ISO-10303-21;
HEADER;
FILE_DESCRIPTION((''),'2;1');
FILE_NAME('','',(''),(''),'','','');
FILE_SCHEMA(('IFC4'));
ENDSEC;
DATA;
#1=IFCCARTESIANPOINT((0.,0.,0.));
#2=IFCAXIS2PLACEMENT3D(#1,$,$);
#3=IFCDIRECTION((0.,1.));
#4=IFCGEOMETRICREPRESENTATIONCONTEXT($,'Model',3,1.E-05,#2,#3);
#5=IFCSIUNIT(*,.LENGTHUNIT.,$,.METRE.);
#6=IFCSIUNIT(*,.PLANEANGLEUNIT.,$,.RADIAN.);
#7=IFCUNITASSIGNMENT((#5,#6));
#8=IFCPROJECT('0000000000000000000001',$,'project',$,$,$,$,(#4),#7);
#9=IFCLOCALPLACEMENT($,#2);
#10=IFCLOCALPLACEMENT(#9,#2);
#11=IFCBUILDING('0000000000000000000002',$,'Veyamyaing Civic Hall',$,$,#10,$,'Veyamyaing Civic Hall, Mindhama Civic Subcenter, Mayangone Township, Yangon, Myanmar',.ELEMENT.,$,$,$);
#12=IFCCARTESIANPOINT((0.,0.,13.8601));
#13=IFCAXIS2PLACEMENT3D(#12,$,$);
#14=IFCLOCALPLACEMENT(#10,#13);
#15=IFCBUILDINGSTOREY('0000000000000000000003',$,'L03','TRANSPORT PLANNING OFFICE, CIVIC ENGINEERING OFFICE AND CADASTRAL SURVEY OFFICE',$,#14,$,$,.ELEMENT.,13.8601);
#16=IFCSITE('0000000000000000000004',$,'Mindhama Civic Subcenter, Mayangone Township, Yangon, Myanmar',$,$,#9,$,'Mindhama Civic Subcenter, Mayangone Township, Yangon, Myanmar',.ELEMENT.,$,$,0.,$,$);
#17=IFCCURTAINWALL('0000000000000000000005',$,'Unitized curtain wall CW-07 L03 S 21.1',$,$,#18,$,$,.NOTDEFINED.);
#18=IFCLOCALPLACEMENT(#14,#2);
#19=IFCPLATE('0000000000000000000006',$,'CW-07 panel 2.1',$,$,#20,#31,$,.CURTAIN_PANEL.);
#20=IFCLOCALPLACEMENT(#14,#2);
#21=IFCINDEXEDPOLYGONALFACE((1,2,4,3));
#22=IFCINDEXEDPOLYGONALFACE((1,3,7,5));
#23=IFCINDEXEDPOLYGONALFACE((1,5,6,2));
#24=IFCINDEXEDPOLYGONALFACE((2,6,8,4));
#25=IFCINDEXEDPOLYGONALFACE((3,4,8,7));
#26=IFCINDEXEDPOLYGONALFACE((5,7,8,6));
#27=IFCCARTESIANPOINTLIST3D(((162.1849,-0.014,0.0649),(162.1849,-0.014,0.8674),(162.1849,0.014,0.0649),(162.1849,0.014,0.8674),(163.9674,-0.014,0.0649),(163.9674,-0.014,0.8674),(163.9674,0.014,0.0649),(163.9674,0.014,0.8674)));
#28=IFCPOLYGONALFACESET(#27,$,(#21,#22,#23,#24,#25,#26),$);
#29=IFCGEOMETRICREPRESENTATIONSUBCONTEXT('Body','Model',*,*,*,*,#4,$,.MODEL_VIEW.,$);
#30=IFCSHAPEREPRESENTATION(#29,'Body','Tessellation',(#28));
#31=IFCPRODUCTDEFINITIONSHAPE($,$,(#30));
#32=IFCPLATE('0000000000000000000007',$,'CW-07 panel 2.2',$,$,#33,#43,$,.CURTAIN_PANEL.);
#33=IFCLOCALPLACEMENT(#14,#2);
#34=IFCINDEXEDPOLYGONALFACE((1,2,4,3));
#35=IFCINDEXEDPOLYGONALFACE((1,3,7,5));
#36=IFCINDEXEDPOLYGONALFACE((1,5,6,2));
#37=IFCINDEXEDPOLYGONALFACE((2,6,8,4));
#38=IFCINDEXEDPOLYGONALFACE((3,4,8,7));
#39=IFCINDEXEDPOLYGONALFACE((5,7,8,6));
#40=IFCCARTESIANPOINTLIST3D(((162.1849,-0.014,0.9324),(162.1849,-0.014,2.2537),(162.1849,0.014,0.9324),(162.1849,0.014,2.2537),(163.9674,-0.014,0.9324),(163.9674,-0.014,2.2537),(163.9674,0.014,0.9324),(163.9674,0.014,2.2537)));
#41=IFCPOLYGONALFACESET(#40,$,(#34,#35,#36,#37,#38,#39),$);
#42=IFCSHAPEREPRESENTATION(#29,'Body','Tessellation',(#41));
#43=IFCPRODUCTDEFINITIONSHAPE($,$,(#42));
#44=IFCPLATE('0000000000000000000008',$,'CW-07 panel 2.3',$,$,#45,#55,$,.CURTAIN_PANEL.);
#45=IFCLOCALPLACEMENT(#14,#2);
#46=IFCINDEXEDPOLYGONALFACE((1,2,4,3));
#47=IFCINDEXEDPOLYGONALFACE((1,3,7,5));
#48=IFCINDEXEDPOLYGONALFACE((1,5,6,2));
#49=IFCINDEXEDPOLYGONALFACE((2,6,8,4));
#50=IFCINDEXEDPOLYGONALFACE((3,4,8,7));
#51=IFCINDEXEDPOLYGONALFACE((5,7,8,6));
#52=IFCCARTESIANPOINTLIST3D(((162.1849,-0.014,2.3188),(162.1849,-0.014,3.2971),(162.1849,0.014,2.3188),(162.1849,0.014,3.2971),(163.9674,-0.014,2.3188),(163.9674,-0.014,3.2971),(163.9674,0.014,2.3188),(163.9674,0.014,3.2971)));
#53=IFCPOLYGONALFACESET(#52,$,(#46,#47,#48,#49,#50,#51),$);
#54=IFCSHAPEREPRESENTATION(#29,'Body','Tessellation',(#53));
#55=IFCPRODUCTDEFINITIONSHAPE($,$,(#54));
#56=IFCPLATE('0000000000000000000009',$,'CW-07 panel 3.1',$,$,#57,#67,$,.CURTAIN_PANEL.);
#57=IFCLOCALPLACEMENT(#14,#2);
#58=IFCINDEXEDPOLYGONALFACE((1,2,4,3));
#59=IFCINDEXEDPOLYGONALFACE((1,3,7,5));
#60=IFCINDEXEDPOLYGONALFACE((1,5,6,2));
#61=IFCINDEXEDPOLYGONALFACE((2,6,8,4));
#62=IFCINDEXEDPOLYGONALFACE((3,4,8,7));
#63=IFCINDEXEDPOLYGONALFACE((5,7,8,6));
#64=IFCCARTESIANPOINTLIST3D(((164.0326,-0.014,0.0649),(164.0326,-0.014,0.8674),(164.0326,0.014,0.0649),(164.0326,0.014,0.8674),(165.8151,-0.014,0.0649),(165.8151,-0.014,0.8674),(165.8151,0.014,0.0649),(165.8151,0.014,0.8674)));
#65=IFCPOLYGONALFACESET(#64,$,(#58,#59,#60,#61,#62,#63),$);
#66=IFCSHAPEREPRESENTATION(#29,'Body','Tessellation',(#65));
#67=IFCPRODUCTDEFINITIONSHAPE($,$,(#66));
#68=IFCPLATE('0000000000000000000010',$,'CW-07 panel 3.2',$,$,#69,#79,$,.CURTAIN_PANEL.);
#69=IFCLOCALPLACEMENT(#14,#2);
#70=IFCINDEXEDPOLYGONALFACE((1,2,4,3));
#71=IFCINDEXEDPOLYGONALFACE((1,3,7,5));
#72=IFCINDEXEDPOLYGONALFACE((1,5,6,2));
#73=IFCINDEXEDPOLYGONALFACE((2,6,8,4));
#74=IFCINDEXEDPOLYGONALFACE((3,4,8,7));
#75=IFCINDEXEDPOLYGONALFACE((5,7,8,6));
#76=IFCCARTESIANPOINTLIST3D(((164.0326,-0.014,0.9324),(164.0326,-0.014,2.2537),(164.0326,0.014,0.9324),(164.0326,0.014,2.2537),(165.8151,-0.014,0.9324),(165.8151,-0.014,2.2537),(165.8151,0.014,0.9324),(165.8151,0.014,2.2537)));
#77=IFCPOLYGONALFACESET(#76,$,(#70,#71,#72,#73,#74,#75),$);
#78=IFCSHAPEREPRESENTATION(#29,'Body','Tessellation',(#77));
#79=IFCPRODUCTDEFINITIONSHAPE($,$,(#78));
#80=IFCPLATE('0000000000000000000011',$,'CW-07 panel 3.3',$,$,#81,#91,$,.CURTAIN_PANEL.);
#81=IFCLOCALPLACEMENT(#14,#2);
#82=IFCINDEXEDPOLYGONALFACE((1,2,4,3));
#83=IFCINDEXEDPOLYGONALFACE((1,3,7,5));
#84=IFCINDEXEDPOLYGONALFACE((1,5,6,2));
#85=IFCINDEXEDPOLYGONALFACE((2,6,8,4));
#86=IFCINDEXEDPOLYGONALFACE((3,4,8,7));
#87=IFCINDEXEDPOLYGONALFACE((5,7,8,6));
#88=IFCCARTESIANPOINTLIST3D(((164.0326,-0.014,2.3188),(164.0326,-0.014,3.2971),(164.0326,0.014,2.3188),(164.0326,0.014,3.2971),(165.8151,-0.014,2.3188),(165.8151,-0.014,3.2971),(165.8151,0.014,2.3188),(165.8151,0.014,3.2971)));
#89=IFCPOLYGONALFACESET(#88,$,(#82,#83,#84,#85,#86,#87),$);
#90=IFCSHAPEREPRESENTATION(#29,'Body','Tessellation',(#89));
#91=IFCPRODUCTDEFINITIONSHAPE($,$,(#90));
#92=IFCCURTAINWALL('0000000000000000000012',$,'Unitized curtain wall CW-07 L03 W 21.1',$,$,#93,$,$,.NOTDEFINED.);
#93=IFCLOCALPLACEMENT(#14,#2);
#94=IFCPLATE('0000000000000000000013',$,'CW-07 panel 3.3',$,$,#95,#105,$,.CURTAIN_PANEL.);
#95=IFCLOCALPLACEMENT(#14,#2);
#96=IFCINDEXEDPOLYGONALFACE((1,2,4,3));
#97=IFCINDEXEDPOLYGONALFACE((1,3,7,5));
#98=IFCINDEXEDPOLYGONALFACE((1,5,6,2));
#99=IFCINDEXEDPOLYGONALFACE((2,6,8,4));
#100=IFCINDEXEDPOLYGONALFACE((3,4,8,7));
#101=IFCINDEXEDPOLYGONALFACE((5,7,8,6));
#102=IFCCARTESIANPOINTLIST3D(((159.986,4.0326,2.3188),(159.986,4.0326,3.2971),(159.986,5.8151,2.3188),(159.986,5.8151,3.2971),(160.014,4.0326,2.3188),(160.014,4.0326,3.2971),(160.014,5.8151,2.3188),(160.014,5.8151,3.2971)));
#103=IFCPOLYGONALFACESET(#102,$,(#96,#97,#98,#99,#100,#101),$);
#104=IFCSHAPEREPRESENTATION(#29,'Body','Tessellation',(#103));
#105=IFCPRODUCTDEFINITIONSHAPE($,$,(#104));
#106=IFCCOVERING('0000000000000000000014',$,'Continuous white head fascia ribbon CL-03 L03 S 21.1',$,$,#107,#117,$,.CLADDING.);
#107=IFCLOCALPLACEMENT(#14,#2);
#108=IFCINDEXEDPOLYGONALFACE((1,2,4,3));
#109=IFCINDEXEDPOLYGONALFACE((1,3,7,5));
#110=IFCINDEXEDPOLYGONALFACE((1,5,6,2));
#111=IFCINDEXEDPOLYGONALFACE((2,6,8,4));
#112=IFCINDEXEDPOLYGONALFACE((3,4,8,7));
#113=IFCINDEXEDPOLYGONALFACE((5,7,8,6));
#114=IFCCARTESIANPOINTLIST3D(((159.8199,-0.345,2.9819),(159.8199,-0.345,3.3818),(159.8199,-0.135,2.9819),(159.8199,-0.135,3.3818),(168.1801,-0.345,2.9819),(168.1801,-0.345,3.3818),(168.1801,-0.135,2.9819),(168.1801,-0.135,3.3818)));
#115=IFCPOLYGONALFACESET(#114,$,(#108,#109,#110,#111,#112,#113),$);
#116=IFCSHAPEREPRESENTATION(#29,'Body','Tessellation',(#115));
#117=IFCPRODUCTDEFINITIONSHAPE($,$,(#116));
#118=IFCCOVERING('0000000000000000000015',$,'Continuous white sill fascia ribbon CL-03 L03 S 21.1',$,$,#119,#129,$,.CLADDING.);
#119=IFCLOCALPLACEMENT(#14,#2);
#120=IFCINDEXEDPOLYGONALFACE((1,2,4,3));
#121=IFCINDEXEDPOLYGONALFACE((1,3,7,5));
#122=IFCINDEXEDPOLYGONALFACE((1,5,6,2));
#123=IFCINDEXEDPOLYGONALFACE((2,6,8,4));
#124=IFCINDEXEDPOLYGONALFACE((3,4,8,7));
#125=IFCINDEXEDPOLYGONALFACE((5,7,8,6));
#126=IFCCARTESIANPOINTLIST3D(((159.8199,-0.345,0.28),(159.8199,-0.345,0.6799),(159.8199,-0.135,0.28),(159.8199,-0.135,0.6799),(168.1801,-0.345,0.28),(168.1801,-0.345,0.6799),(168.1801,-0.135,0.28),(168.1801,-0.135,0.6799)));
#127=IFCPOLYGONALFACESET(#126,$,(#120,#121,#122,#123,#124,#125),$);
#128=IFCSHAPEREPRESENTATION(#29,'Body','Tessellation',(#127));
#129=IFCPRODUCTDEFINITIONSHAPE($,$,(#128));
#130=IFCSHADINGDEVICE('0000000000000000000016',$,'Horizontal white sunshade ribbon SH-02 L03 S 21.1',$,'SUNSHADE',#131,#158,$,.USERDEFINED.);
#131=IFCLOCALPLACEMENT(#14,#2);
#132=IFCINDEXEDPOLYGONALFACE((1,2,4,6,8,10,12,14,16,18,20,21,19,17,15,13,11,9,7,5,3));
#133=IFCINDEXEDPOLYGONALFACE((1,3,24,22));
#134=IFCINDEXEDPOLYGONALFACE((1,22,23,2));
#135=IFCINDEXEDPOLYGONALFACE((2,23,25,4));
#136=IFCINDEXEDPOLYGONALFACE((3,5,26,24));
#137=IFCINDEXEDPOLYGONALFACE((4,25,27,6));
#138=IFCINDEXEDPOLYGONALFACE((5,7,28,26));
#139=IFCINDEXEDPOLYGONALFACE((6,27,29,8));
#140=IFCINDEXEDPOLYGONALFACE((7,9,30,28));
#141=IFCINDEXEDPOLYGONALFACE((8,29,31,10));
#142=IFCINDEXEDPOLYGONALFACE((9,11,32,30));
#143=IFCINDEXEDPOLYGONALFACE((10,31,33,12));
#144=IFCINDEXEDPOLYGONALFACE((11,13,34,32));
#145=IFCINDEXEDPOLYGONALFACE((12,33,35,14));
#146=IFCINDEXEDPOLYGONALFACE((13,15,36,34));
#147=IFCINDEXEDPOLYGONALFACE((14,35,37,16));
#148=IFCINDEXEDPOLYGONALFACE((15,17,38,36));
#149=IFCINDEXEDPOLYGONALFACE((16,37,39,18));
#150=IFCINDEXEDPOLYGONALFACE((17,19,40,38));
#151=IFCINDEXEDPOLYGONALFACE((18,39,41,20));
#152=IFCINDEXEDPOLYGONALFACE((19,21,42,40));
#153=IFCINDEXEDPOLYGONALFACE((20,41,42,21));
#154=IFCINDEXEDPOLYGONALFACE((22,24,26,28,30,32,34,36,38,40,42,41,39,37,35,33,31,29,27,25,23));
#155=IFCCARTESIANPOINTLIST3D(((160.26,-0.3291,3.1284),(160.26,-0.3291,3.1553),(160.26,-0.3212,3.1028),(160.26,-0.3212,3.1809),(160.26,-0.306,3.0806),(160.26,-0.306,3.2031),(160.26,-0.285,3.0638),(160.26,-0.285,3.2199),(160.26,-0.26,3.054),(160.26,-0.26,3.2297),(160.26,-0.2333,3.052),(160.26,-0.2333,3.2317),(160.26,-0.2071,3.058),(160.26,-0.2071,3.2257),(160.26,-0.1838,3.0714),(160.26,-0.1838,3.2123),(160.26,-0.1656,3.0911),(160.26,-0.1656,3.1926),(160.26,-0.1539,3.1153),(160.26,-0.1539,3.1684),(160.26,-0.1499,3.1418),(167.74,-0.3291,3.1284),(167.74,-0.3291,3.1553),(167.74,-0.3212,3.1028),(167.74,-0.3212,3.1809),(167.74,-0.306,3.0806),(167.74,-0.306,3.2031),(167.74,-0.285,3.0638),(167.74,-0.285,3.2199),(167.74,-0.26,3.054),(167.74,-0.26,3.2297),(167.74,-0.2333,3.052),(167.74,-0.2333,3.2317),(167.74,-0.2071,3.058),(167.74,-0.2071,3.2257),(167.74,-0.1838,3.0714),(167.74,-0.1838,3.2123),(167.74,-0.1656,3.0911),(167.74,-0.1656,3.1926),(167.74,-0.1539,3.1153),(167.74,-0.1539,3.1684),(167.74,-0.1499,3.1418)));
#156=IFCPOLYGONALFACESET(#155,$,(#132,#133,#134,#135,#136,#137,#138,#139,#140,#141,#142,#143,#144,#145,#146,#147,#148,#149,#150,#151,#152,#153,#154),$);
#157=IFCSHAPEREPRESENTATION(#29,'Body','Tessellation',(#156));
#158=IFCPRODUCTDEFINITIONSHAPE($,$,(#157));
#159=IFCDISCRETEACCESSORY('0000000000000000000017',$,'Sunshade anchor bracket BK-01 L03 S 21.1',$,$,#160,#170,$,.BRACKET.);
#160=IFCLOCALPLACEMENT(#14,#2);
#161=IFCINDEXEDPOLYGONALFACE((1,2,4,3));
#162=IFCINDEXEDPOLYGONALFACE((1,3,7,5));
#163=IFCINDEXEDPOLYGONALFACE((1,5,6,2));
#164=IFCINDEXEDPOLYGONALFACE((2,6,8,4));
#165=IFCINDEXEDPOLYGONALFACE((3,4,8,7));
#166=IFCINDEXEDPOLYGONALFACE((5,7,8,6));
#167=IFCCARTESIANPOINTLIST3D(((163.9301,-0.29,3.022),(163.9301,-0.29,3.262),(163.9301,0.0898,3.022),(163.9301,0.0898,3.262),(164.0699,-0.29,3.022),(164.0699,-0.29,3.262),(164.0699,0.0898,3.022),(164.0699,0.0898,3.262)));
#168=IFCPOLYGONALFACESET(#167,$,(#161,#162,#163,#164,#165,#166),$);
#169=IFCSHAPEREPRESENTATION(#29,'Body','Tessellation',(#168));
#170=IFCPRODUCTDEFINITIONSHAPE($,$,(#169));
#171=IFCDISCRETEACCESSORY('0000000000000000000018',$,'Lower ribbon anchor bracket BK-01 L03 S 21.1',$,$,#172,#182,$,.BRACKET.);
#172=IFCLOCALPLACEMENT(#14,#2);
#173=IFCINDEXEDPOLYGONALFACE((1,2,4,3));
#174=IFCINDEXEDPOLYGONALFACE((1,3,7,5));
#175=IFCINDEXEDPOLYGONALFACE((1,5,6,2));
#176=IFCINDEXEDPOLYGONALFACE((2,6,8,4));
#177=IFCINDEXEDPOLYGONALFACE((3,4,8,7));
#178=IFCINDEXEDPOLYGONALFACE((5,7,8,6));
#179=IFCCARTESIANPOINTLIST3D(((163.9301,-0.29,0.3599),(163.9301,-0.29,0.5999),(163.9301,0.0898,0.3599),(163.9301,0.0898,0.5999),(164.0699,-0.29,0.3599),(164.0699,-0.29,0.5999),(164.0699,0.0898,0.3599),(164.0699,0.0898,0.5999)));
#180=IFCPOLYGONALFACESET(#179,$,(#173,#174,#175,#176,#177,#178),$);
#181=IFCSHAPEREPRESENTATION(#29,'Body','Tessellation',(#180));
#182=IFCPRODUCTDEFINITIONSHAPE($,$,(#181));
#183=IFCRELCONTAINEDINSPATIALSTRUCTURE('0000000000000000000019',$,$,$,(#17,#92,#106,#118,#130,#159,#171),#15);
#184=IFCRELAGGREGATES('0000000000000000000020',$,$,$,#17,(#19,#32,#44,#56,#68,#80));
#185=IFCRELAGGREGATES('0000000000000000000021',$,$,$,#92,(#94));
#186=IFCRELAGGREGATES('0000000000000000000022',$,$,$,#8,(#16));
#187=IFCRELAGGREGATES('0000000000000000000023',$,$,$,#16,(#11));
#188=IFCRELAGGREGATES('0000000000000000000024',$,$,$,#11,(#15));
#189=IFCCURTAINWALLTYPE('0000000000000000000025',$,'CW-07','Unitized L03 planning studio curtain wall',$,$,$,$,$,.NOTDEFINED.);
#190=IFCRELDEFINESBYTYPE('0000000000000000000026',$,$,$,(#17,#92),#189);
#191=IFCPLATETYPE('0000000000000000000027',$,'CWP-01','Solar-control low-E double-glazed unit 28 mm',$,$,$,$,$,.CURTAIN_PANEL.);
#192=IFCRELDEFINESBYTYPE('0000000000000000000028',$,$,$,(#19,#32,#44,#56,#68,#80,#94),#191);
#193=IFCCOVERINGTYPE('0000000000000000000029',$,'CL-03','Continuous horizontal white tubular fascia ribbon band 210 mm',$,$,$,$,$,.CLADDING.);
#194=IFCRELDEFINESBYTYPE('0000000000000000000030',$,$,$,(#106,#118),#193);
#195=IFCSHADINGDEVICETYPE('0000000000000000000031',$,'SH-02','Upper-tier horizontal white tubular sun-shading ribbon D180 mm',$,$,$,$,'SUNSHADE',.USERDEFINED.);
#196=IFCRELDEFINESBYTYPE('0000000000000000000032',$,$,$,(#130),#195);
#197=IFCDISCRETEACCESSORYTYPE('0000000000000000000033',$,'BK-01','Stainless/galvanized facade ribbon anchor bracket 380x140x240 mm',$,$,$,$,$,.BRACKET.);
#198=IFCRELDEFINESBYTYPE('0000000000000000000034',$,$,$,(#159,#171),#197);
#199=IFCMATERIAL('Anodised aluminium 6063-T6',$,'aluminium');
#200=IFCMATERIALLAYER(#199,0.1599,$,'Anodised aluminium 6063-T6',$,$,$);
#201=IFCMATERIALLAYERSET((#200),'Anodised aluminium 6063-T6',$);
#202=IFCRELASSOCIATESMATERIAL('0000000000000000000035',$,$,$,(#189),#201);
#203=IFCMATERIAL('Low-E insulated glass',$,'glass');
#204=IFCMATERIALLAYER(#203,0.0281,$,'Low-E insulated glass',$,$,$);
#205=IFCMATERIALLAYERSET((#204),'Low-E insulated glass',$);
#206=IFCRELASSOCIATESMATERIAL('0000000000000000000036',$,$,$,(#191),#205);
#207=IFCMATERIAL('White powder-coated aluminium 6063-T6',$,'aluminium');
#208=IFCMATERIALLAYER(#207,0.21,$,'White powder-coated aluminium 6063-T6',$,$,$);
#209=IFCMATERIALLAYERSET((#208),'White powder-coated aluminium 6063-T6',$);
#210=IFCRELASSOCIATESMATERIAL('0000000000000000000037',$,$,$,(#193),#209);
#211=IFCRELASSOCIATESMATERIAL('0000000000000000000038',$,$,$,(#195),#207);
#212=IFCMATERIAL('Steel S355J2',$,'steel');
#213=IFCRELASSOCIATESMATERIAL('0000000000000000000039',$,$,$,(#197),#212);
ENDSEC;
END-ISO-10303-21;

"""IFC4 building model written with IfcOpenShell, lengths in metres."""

from ifc_helpers import new_model, si_unit, direction, frame, origin, origin_2d, place, context, subcontext, project, spatial, rectangle, circle, extrude, material, layer, layer_set, material_profile, profile_set, type_object, element, aggregate, save


model = new_model("IFC4")

# Units and contexts
model_context = context("Model", 3, precision=1e-05, world=origin(), true_north=direction((0.0, 1.0)))
body_context = subcontext(model_context, "Body", "Model", "MODEL_VIEW")
ifc_project = project(units=[si_unit("LENGTHUNIT", "METRE"), si_unit("PLANEANGLEUNIT", "RADIAN")], contexts=[model_context])

# Site, building, storey
site_placement = place(None, origin())
site = spatial("IfcSite", under=ifc_project, at=site_placement, Name="Mindhama Civic Subcenter, Mayangone Township, Yangon, Myanmar", LongName="Mindhama Civic Subcenter, Mayangone Township, Yangon, Myanmar", CompositionType="ELEMENT", RefElevation=0.0)
building_placement = place(site_placement, origin())
building = spatial("IfcBuilding", under=site, at=building_placement, Name="Veyamyaing Civic Hall", LongName="Veyamyaing Civic Hall, Mindhama Civic Subcenter, Mayangone Township, Yangon, Myanmar", CompositionType="ELEMENT")
storey_placement = place(building_placement, frame((0.0, 0.0, 13.8601)))
storey = spatial("IfcBuildingStorey", under=building, at=storey_placement, Name="L03", Description="TRANSPORT PLANNING OFFICE, CIVIC ENGINEERING OFFICE AND CADASTRAL SURVEY OFFICE", CompositionType="ELEMENT", Elevation=13.8601)

# Curtain wall
ifc_material_1 = material(Name="Anodised aluminium 6063-T6", Category="aluminium")
ifc_layer_1 = layer(ifc_material_1, 0.1599, Name="Anodised aluminium 6063-T6")
ifc_layer_set_1 = layer_set([ifc_layer_1], Name="Anodised aluminium 6063-T6")
curtain_wall_type = type_object("IfcCurtainWallType", Name="CW-07", Description="Unitized L03 planning studio curtain wall", PredefinedType="NOTDEFINED", material=ifc_layer_set_1)
curtain_wall_1_placement = place(storey_placement, origin())
curtain_wall_1 = element("IfcCurtainWall", 1, at=curtain_wall_1_placement, inside=storey, type_object=curtain_wall_type, Name="Unitized curtain wall CW-07 L03 S 21.1", PredefinedType="NOTDEFINED")

# Plates
ifc_material_2 = material(Name="Low-E insulated glass", Category="glass")
ifc_layer_2 = layer(ifc_material_2, 0.0281, Name="Low-E insulated glass")
ifc_layer_set_2 = layer_set([ifc_layer_2], Name="Low-E insulated glass")
plate_type = type_object("IfcPlateType", Name="CWP-01", Description="Solar-control low-E double-glazed unit 28 mm", PredefinedType="CURTAIN_PANEL", material=ifc_layer_set_2)
plate_1_placement = place(storey_placement, frame((163.0762, 0.0, 0.0649), z_axis=(0.0, 0.0, 1.0), x_axis=(1.0, 0.0, 0.0)))
plate_1 = element("IfcPlate", 2, at=plate_1_placement, type_object=plate_type, Name="CW-07 panel 2.1", PredefinedType="CURTAIN_PANEL", context=body_context, shape_type="SweptSolid", body=[
    extrude(rectangle(XDim=1.7825, YDim=0.0281, at=origin_2d()), origin(), (0.0, 0.0, 1.0), 0.8025),
])
plate_2_placement = place(storey_placement, frame((163.0762, 0.0, 0.9324), z_axis=(0.0, 0.0, 1.0), x_axis=(1.0, 0.0, 0.0)))
plate_2 = element("IfcPlate", 3, at=plate_2_placement, type_object=plate_type, Name="CW-07 panel 2.2", PredefinedType="CURTAIN_PANEL", context=body_context, shape_type="SweptSolid", body=[
    extrude(rectangle(XDim=1.7825, YDim=0.0281, at=origin_2d()), origin(), (0.0, 0.0, 1.0), 1.3213),
])
plate_3_placement = place(storey_placement, frame((163.0762, 0.0, 2.3188), z_axis=(0.0, 0.0, 1.0), x_axis=(1.0, 0.0, 0.0)))
plate_3 = element("IfcPlate", 4, at=plate_3_placement, type_object=plate_type, Name="CW-07 panel 2.3", PredefinedType="CURTAIN_PANEL", context=body_context, shape_type="SweptSolid", body=[
    extrude(rectangle(XDim=1.7825, YDim=0.0281, at=origin_2d()), origin(), (0.0, 0.0, 1.0), 0.9783),
])
plate_4_placement = place(storey_placement, frame((164.9238, 0.0, 0.0649), z_axis=(0.0, 0.0, 1.0), x_axis=(1.0, 0.0, 0.0)))
plate_4 = element("IfcPlate", 5, at=plate_4_placement, type_object=plate_type, Name="CW-07 panel 3.1", PredefinedType="CURTAIN_PANEL", context=body_context, shape_type="SweptSolid", body=[
    extrude(rectangle(XDim=1.7825, YDim=0.0281, at=origin_2d()), origin(), (0.0, 0.0, 1.0), 0.8025),
])
plate_5_placement = place(storey_placement, frame((164.9238, 0.0, 0.9324), z_axis=(0.0, 0.0, 1.0), x_axis=(1.0, 0.0, 0.0)))
plate_5 = element("IfcPlate", 6, at=plate_5_placement, type_object=plate_type, Name="CW-07 panel 3.2", PredefinedType="CURTAIN_PANEL", context=body_context, shape_type="SweptSolid", body=[
    extrude(rectangle(XDim=1.7825, YDim=0.0281, at=origin_2d()), origin(), (0.0, 0.0, 1.0), 1.3213),
])
plate_6_placement = place(storey_placement, frame((164.9238, 0.0, 2.3188), z_axis=(0.0, 0.0, 1.0), x_axis=(1.0, 0.0, 0.0)))
plate_6 = element("IfcPlate", 7, at=plate_6_placement, type_object=plate_type, Name="CW-07 panel 3.3", PredefinedType="CURTAIN_PANEL", context=body_context, shape_type="SweptSolid", body=[
    extrude(rectangle(XDim=1.7825, YDim=0.0281, at=origin_2d()), origin(), (0.0, 0.0, 1.0), 0.9783),
])
aggregate(curtain_wall_1, [plate_1, plate_2, plate_3, plate_4, plate_5, plate_6])

# Curtain wall, plate
curtain_wall_2_placement = place(storey_placement, origin())
curtain_wall_2 = element("IfcCurtainWall", 8, at=curtain_wall_2_placement, inside=storey, type_object=curtain_wall_type, Name="Unitized curtain wall CW-07 L03 W 21.1", PredefinedType="NOTDEFINED")
plate_7_placement = place(storey_placement, frame((160.0, 4.9238, 2.3188), z_axis=(0.0, 0.0, 1.0), x_axis=(0.0, 1.0, 0.0)))
plate_7 = element("IfcPlate", 9, at=plate_7_placement, type_object=plate_type, Name="CW-07 panel 3.3", PredefinedType="CURTAIN_PANEL", context=body_context, shape_type="SweptSolid", body=[
    extrude(rectangle(XDim=1.7825, YDim=0.0281, at=origin_2d()), origin(), (0.0, 0.0, 1.0), 0.9783),
])
aggregate(curtain_wall_2, [plate_7])

# Coverings
ifc_material_3 = material(Name="White powder-coated aluminium 6063-T6", Category="aluminium")
ifc_layer_3 = layer(ifc_material_3, 0.21, Name="White powder-coated aluminium 6063-T6")
ifc_layer_set_3 = layer_set([ifc_layer_3], Name="White powder-coated aluminium 6063-T6")
covering_type = type_object("IfcCoveringType", Name="CL-03", Description="Continuous horizontal white tubular fascia ribbon band 210 mm", PredefinedType="CLADDING", material=ifc_layer_set_3)
for number, where, z_axis, x_axis, name in (
    (10, (164.0, -0.24, 2.9819), (0.0, 0.0, 1.0), (1.0, 0.0, 0.0), "Continuous white head fascia ribbon CL-03 L03 S 21.1"),
    (11, (164.0, -0.24, 0.28), (0.0, 0.0, 1.0), (1.0, 0.0, 0.0), "Continuous white sill fascia ribbon CL-03 L03 S 21.1"),
):
    element("IfcCovering", number, at=place(storey_placement, frame(where, z_axis=z_axis, x_axis=x_axis)), inside=storey, type_object=covering_type, Name=name, PredefinedType="CLADDING", context=body_context, shape_type="SweptSolid", body=[
        extrude(rectangle(XDim=8.3601, YDim=0.21, at=origin_2d()), origin(), (0.0, 0.0, 1.0), 0.3999),
    ])

# Shading device
ifc_material_profile_1 = material_profile(ifc_material_3, circle(Radius=0.0901, at=origin_2d()), Name="SHADE-TUBE-180")
ifc_profile_set_1 = profile_set([ifc_material_profile_1], Name="White powder-coated aluminium 6063-T6")
shading_device_type = type_object("IfcShadingDeviceType", Name="SH-02", Description="Upper-tier horizontal white tubular sun-shading ribbon D180 mm", ElementType="SUNSHADE", PredefinedType="USERDEFINED", material=ifc_profile_set_1)
shading_device_placement = place(storey_placement, frame((160.26, -0.24, 3.1418), z_axis=(1.0, 0.0, 0.0), x_axis=(0.0, 1.0, 0.0)))
element("IfcShadingDevice", 12, at=shading_device_placement, inside=storey, type_object=shading_device_type, Name="Horizontal white sunshade ribbon SH-02 L03 S 21.1", ObjectType="SUNSHADE", PredefinedType="USERDEFINED", context=body_context, shape_type="SweptSolid", body=[
    extrude(circle(Radius=0.0901, at=origin_2d()), origin(), (0.0, 0.0, 1.0), 7.48),
])

# Discrete accessories
ifc_material_4 = material(Name="Steel S355J2", Category="steel")
discrete_accessory_type = type_object("IfcDiscreteAccessoryType", Name="BK-01", Description="Stainless/galvanized facade ribbon anchor bracket 380x140x240 mm", PredefinedType="BRACKET", material=ifc_material_4)
for number, where, z_axis, x_axis, name in (
    (13, (164.0, -0.1001, 3.022), (0.0, 0.0, 1.0), (0.0, -1.0, 0.0), "Sunshade anchor bracket BK-01 L03 S 21.1"),
    (14, (164.0, -0.1001, 0.3599), (0.0, 0.0, 1.0), (0.0, -1.0, 0.0), "Lower ribbon anchor bracket BK-01 L03 S 21.1"),
):
    element("IfcDiscreteAccessory", number, at=place(storey_placement, frame(where, z_axis=z_axis, x_axis=x_axis)), inside=storey, type_object=discrete_accessory_type, Name=name, PredefinedType="BRACKET", context=body_context, shape_type="SweptSolid", body=[
        extrude(rectangle(XDim=0.3799, YDim=0.1399, at=origin_2d()), origin(), (0.0, 0.0, 1.0), 0.24),
    ])

save(model, "model.ifc")
